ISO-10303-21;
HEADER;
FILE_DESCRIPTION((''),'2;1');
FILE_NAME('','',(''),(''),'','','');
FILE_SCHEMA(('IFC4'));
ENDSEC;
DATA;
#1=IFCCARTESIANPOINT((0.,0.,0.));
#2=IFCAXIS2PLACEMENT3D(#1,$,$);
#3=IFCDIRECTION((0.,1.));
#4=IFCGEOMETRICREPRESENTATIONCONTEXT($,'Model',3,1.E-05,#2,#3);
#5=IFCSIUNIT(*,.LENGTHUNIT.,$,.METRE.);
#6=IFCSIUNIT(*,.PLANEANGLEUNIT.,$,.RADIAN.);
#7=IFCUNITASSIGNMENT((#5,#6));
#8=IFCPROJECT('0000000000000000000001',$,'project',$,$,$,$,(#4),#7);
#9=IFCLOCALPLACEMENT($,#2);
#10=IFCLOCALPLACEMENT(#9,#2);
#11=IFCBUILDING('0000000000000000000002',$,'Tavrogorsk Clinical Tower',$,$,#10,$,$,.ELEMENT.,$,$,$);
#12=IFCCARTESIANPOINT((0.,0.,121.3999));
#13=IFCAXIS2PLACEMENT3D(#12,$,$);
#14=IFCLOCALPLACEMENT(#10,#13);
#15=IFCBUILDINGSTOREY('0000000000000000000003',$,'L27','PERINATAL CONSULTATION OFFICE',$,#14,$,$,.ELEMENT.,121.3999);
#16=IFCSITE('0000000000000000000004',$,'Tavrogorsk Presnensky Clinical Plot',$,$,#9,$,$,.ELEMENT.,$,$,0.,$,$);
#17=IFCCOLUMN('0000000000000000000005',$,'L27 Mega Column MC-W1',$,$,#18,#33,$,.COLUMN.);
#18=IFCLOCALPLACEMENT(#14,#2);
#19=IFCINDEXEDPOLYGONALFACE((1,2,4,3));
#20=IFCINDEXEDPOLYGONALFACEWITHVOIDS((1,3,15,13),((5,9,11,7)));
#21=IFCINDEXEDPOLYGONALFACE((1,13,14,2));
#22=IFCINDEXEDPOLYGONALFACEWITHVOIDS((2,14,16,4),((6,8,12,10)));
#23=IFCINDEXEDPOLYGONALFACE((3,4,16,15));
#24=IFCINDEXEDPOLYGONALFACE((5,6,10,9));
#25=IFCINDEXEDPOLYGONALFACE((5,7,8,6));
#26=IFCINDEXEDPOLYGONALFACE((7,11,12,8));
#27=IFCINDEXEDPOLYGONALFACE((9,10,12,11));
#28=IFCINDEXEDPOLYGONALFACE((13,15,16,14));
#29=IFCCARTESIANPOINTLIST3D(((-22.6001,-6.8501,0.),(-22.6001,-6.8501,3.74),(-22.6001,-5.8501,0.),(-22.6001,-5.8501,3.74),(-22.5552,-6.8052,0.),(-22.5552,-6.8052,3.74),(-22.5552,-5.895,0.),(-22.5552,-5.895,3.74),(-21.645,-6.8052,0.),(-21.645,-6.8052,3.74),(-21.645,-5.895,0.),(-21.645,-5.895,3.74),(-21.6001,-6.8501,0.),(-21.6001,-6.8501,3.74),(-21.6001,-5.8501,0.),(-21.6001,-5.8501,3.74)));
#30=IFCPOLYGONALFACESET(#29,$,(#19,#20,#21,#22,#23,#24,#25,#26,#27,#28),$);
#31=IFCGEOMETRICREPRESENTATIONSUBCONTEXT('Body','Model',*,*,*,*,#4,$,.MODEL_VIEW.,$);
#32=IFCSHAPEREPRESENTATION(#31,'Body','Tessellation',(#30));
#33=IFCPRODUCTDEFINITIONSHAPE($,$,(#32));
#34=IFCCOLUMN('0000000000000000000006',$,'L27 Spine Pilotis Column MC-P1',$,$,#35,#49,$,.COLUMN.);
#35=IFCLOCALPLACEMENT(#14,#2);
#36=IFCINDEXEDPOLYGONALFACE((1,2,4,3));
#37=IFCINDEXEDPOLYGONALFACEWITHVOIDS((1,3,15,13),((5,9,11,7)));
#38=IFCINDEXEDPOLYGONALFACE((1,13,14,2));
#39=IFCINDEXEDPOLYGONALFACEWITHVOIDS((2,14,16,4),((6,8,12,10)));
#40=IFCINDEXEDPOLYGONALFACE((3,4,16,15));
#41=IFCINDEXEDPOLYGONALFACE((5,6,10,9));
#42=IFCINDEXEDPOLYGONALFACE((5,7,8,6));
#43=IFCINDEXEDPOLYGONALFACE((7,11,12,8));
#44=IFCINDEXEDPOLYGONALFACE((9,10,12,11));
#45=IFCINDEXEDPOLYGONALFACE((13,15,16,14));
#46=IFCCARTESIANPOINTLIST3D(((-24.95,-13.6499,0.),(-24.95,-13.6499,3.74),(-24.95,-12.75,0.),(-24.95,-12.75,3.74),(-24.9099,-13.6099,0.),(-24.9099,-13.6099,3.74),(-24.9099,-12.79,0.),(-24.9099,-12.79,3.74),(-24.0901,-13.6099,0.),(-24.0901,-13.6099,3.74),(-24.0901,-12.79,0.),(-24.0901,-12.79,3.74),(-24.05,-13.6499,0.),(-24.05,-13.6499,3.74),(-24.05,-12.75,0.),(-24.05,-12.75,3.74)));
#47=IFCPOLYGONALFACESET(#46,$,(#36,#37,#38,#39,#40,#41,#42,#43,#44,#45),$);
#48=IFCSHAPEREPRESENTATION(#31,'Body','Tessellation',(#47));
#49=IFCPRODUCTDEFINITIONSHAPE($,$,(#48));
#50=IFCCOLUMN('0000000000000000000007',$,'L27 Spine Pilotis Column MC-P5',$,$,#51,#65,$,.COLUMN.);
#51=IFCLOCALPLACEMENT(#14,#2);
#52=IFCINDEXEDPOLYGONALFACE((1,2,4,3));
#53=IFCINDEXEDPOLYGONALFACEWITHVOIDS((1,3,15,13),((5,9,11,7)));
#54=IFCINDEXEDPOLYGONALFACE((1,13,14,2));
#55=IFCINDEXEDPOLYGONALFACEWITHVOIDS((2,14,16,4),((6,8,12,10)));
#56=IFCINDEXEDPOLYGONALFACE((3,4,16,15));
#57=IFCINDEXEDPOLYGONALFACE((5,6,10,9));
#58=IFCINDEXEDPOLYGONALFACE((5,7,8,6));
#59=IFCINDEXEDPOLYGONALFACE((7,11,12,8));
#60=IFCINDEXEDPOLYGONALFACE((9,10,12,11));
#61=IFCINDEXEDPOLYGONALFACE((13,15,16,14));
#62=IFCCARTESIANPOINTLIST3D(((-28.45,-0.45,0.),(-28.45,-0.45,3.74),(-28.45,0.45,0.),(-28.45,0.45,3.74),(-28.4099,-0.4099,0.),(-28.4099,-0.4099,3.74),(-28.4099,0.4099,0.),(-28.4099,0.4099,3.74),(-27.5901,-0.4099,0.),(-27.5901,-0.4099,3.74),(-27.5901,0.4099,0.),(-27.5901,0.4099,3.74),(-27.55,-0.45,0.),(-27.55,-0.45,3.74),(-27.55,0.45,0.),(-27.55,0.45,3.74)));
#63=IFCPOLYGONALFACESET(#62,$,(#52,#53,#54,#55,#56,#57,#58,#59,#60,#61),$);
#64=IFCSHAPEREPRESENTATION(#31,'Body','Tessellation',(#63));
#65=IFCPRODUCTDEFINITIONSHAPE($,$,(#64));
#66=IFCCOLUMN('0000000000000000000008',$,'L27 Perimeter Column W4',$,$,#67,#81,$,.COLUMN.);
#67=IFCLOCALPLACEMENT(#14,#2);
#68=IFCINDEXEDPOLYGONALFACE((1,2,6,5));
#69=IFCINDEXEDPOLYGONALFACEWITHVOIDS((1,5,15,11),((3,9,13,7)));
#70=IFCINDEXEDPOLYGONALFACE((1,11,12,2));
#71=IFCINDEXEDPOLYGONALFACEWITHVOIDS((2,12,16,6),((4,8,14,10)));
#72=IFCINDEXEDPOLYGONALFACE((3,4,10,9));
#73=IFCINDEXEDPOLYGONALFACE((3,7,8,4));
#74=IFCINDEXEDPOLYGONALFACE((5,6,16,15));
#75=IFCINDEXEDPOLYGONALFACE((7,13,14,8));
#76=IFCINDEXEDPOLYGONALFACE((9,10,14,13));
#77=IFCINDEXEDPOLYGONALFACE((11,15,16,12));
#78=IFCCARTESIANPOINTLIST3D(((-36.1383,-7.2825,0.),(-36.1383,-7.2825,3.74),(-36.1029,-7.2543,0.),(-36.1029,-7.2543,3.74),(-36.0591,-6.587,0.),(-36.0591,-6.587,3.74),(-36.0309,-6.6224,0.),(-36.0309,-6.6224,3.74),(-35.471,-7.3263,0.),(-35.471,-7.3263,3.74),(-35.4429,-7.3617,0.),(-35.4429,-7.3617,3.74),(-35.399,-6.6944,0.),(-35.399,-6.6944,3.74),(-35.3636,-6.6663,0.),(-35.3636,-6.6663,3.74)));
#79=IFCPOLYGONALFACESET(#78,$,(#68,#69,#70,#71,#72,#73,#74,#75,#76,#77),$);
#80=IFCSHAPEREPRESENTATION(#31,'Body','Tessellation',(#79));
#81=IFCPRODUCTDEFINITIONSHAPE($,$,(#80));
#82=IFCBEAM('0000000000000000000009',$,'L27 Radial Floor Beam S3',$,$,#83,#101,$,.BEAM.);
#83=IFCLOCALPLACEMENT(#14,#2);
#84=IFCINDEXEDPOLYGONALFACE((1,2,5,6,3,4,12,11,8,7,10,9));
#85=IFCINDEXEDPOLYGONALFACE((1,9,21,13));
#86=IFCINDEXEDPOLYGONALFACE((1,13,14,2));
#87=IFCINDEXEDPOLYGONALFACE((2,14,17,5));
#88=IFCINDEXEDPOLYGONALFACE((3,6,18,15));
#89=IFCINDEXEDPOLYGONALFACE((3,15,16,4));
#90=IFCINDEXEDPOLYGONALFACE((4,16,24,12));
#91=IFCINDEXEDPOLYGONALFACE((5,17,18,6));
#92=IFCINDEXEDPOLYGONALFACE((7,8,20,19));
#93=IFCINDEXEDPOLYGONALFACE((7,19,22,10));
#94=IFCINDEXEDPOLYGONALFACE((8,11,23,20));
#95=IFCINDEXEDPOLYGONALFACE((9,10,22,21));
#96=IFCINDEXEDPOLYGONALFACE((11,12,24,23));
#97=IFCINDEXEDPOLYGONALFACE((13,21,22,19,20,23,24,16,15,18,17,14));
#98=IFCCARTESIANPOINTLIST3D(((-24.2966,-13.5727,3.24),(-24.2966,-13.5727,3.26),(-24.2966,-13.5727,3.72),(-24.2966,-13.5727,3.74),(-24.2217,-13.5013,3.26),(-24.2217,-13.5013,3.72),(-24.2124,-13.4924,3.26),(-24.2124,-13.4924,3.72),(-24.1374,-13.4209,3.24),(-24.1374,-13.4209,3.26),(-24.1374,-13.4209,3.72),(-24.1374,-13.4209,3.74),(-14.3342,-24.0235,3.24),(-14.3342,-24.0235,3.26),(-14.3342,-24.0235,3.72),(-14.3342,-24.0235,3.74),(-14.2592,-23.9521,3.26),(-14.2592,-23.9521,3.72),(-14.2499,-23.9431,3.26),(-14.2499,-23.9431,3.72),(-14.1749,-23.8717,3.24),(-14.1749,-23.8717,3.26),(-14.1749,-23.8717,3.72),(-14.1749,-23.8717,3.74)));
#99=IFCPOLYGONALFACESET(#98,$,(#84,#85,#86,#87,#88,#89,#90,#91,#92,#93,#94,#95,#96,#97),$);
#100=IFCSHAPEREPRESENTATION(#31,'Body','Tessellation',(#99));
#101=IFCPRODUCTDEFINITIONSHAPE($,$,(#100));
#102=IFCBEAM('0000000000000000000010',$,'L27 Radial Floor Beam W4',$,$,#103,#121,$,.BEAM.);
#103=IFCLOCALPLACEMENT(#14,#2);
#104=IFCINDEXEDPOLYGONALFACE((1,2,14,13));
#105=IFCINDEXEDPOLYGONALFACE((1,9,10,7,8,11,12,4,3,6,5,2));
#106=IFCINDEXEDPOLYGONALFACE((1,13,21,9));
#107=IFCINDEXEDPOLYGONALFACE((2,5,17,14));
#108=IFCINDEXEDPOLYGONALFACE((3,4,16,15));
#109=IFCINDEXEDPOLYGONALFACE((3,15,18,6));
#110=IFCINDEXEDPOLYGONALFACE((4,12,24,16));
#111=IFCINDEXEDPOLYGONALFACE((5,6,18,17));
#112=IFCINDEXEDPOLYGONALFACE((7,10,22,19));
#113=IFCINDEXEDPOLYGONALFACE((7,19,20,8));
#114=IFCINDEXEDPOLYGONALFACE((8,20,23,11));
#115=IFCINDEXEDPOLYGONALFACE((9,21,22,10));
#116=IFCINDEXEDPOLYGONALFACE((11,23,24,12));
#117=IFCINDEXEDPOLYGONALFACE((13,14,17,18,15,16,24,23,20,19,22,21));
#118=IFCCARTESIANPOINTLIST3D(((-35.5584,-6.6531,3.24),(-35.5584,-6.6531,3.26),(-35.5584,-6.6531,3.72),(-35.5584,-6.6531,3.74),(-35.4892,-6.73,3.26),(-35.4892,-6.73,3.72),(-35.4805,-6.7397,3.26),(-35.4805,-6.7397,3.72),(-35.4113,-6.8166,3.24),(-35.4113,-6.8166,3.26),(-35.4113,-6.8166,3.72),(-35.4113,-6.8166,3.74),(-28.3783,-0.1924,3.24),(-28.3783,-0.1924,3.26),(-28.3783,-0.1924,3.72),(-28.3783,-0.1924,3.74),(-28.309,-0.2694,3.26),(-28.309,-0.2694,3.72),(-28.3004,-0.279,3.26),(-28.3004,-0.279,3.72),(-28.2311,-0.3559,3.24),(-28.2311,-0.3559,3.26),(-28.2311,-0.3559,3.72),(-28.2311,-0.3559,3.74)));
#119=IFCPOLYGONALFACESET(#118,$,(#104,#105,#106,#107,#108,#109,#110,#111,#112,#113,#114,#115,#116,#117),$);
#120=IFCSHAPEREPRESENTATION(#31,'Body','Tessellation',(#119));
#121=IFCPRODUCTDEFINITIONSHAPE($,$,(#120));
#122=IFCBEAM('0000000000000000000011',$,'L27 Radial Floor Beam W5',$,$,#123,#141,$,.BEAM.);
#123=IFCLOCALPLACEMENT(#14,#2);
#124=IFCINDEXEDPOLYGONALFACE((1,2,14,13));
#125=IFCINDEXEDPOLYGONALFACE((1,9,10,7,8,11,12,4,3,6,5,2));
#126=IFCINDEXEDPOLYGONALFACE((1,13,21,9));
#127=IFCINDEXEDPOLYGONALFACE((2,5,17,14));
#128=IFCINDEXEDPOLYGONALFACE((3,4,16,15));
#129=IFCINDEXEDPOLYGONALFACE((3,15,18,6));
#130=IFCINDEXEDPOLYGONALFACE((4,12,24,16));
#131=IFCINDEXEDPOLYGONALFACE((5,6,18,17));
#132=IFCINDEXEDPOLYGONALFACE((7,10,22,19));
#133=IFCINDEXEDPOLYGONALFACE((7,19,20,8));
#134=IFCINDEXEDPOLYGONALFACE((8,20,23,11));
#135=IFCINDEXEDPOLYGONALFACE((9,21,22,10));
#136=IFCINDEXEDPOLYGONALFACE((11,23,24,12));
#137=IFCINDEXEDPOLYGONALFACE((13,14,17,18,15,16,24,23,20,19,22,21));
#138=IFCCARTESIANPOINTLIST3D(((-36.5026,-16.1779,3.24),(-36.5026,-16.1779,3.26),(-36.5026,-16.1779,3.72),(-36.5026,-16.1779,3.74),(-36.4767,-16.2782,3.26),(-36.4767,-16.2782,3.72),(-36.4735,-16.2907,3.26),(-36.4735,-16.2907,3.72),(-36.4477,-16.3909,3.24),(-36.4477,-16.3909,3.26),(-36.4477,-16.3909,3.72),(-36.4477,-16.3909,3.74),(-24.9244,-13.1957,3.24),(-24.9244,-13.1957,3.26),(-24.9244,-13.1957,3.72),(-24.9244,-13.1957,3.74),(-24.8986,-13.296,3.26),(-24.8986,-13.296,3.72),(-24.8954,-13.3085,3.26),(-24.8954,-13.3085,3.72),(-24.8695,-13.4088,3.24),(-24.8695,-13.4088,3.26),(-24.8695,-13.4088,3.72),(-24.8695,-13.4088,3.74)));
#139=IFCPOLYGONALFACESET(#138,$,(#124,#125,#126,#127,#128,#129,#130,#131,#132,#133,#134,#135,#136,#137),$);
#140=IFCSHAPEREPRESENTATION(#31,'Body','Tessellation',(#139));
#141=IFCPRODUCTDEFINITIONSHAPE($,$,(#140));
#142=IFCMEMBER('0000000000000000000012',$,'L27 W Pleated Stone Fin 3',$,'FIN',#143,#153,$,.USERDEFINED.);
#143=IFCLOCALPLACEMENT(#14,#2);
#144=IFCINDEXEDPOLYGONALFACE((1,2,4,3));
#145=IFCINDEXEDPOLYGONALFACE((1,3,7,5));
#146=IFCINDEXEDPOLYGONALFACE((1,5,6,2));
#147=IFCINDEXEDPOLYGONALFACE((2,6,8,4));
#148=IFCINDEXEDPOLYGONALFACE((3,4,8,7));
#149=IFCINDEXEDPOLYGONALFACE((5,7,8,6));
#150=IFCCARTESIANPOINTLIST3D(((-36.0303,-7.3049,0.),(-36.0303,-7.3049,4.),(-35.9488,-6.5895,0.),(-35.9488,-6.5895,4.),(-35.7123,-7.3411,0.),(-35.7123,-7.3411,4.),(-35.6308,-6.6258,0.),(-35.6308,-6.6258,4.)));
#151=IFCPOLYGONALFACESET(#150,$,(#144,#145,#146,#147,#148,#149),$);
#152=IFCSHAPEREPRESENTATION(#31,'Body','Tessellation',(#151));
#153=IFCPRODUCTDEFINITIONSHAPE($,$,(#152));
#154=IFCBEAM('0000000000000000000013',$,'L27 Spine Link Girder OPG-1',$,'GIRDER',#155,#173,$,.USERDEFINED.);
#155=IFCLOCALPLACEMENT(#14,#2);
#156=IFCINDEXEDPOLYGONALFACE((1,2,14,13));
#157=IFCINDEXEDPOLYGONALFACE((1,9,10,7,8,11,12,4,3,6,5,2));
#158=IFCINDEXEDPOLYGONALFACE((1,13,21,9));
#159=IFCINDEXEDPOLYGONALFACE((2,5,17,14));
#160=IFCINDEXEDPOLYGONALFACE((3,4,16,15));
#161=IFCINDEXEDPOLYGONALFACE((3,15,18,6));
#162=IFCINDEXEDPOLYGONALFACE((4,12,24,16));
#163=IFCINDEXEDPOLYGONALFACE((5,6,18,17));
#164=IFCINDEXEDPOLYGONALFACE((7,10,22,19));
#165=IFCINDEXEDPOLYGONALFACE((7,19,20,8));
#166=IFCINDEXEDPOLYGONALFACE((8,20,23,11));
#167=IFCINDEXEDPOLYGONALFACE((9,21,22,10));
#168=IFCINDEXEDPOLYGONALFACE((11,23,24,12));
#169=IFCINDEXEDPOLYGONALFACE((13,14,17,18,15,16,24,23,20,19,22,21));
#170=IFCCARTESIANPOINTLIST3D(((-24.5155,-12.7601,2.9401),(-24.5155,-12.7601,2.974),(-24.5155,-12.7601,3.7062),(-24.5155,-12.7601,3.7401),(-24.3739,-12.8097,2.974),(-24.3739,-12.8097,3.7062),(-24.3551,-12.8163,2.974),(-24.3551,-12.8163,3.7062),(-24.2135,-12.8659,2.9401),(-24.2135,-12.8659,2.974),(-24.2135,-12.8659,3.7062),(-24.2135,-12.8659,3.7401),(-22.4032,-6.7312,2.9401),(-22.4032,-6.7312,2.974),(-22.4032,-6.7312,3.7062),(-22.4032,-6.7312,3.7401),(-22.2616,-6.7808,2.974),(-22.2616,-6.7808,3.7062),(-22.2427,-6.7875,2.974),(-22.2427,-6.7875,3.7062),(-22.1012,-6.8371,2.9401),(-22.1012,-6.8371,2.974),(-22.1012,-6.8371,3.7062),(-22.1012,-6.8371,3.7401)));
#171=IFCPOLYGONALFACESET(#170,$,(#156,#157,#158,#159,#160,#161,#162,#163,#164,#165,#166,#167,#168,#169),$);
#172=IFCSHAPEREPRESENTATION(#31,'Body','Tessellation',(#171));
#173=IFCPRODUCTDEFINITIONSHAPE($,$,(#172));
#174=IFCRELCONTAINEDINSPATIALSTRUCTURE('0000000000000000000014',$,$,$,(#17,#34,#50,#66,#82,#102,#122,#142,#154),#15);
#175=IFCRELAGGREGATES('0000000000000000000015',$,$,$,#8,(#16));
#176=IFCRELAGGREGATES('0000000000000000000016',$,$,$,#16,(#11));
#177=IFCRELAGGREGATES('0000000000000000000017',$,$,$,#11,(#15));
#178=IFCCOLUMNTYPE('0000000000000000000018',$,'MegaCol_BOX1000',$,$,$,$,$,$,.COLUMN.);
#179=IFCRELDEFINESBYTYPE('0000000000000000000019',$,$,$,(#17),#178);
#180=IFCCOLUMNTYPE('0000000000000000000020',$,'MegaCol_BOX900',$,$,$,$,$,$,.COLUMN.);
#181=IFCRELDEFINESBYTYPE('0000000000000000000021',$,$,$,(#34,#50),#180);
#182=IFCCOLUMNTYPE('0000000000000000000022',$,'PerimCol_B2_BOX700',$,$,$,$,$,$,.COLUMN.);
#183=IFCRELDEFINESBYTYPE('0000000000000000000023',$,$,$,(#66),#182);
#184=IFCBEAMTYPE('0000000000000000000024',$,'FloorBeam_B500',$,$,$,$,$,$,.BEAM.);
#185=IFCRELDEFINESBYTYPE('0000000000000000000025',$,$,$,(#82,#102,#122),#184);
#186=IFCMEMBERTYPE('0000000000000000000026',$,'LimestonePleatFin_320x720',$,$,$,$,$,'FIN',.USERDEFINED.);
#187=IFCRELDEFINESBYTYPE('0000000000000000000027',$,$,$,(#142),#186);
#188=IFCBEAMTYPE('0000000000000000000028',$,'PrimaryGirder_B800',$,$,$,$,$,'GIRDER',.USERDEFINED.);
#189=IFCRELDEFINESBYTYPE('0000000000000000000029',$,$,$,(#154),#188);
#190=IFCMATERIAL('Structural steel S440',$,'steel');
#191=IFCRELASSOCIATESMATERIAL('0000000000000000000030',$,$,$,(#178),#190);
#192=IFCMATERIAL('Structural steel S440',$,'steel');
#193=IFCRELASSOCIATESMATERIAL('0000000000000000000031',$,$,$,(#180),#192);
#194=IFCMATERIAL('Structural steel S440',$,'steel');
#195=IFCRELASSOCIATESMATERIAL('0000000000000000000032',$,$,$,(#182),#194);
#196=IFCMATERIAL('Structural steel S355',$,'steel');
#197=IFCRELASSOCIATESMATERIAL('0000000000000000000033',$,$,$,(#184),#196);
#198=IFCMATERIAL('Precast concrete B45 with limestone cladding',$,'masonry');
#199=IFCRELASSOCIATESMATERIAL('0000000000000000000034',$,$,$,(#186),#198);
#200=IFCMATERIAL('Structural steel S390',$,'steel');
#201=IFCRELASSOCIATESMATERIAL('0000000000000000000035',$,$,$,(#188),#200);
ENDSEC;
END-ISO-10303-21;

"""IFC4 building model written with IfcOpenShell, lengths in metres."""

from ifc_helpers import new_model, si_unit, direction, frame, origin, origin_2d, place, context, subcontext, project, spatial, rectangle, hollow_rectangle, i_section, extrude, material, material_profile, profile_set, type_object, element, save


model = new_model("IFC4")

# Units and contexts
model_context = context("Model", 3, precision=1e-05, world=origin(), true_north=direction((0.0, 1.0)))
body_context = subcontext(model_context, "Body", "Model", "MODEL_VIEW")
ifc_project = project(units=[si_unit("LENGTHUNIT", "METRE"), si_unit("PLANEANGLEUNIT", "RADIAN")], contexts=[model_context])

# Site, building, storey
site_placement = place(None, origin())
site = spatial("IfcSite", under=ifc_project, at=site_placement, Name="Tavrogorsk Presnensky Clinical Plot", CompositionType="ELEMENT", RefElevation=0.0)
building_placement = place(site_placement, origin())
building = spatial("IfcBuilding", under=site, at=building_placement, Name="Tavrogorsk Clinical Tower", CompositionType="ELEMENT")
storey_placement = place(building_placement, frame((0.0, 0.0, 121.3999)))
storey = spatial("IfcBuildingStorey", under=building, at=storey_placement, Name="L27", Description="PERINATAL CONSULTATION OFFICE", CompositionType="ELEMENT", Elevation=121.3999)

# Columns
ifc_material_1 = material(Name="Structural steel S440", Category="steel")
ifc_material_profile_1 = material_profile(ifc_material_1, hollow_rectangle(XDim=1.0, YDim=1.0, WallThickness=0.0449, at=origin_2d()), Name="BOX-1000x1000x45")
ifc_profile_set_1 = profile_set([ifc_material_profile_1], Name="Structural steel S440")
column_type_1 = type_object("IfcColumnType", Name="MegaCol_BOX1000", PredefinedType="COLUMN", material=ifc_profile_set_1)
column_1_placement = place(storey_placement, frame((-22.1001, -6.3501, 0.0), z_axis=(0.0, 0.0, 1.0), x_axis=(1.0, 0.0, 0.0)))
element("IfcColumn", 1, at=column_1_placement, inside=storey, type_object=column_type_1, Name="L27 Mega Column MC-W1", PredefinedType="COLUMN", context=body_context, shape_type="SweptSolid", body=[
    extrude(hollow_rectangle(XDim=1.0, YDim=1.0, WallThickness=0.0449, at=origin_2d()), origin(), (0.0, 0.0, 1.0), 3.74),
])
ifc_material_2 = material(Name="Structural steel S440", Category="steel")
ifc_material_profile_2 = material_profile(ifc_material_2, hollow_rectangle(XDim=0.8999, YDim=0.8999, WallThickness=0.04, at=origin_2d()), Name="BOX-900x900x40")
ifc_profile_set_2 = profile_set([ifc_material_profile_2], Name="Structural steel S440")
column_type_2 = type_object("IfcColumnType", Name="MegaCol_BOX900", PredefinedType="COLUMN", material=ifc_profile_set_2)
for number, where, z_axis, x_axis, name in (
    (2, (-24.5, -13.2, 0.0), (0.0, 0.0, 1.0), (1.0, 0.0, 0.0), "L27 Spine Pilotis Column MC-P1"),
    (3, (-28.0, 0.0, 0.0), (0.0, 0.0, 1.0), (1.0, 0.0, 0.0), "L27 Spine Pilotis Column MC-P5"),
):
    element("IfcColumn", number, at=place(storey_placement, frame(where, z_axis=z_axis, x_axis=x_axis)), inside=storey, type_object=column_type_2, Name=name, PredefinedType="COLUMN", context=body_context, shape_type="SweptSolid", body=[
        extrude(hollow_rectangle(XDim=0.8999, YDim=0.8999, WallThickness=0.04, at=origin_2d()), origin(), (0.0, 0.0, 1.0), 3.74),
    ])
ifc_material_3 = material(Name="Structural steel S440", Category="steel")
ifc_material_profile_3 = material_profile(ifc_material_3, hollow_rectangle(XDim=0.7, YDim=0.7, WallThickness=0.032, at=origin_2d()), Name="BOX-700x700x32")
ifc_profile_set_3 = profile_set([ifc_material_profile_3], Name="Structural steel S440")
column_type_3 = type_object("IfcColumnType", Name="PerimCol_B2_BOX700", PredefinedType="COLUMN", material=ifc_profile_set_3)
column_2_placement = place(storey_placement, frame((-35.751, -6.9744, 0.0), z_axis=(0.0, 0.0, 1.0), x_axis=(0.993572, -0.113203, 0.0)))
element("IfcColumn", 4, at=column_2_placement, inside=storey, type_object=column_type_3, Name="L27 Perimeter Column W4", PredefinedType="COLUMN", context=body_context, shape_type="SweptSolid", body=[
    extrude(hollow_rectangle(XDim=0.7, YDim=0.7, WallThickness=0.032, at=origin_2d()), origin(), (0.0, 0.0, 1.0), 3.74),
])

# Beams
ifc_material_4 = material(Name="Structural steel S355", Category="steel")
ifc_material_profile_4 = material_profile(ifc_material_4, i_section(OverallWidth=0.22, OverallDepth=0.5, WebThickness=0.0129, FlangeThickness=0.02, at=origin_2d()), Name="B-500x220x13x20")
ifc_profile_set_4 = profile_set([ifc_material_profile_4], Name="Structural steel S355")
beam_type_1 = type_object("IfcBeamType", Name="FloorBeam_B500", PredefinedType="BEAM", material=ifc_profile_set_4)
beam_1_placement = place(storey_placement, frame((-24.217, -13.4968, 3.49), z_axis=(0.689995, -0.723814, 0.0), x_axis=(0.723814, 0.689995, 0.0)))
element("IfcBeam", 5, at=beam_1_placement, inside=storey, type_object=beam_type_1, Name="L27 Radial Floor Beam S3", PredefinedType="BEAM", context=body_context, shape_type="SweptSolid", body=[
    extrude(i_section(OverallWidth=0.22, OverallDepth=0.5, WebThickness=0.0129, FlangeThickness=0.02, at=origin_2d()), origin(), (0.0, 0.0, 1.0), 14.4385),
])
beam_2_placement = place(storey_placement, frame((-28.3047, -0.2742, 3.49), z_axis=(-0.74337, -0.668881, 0.0), x_axis=(0.668881, -0.74337, 0.0)))
element("IfcBeam", 6, at=beam_2_placement, inside=storey, type_object=beam_type_1, Name="L27 Radial Floor Beam W4", PredefinedType="BEAM", context=body_context, shape_type="SweptSolid", body=[
    extrude(i_section(OverallWidth=0.22, OverallDepth=0.5, WebThickness=0.0129, FlangeThickness=0.02, at=origin_2d()), origin(), (0.0, 0.0, 1.0), 9.6589),
])
beam_3_placement = place(storey_placement, frame((-24.897, -13.3022, 3.49), z_axis=(-0.968393, -0.249429, 0.0), x_axis=(0.249429, -0.968393, 0.0)))
element("IfcBeam", 7, at=beam_3_placement, inside=storey, type_object=beam_type_1, Name="L27 Radial Floor Beam W5", PredefinedType="BEAM", context=body_context, shape_type="SweptSolid", body=[
    extrude(i_section(OverallWidth=0.22, OverallDepth=0.5, WebThickness=0.0129, FlangeThickness=0.02, at=origin_2d()), origin(), (0.0, 0.0, 1.0), 11.9561),
])

# Member
ifc_material_5 = material(Name="Precast concrete B45 with limestone cladding", Category="masonry")
ifc_material_profile_5 = material_profile(ifc_material_5, rectangle(XDim=0.3201, YDim=0.72, at=origin_2d()), Name="LIMESTONE-FIN-320x720")
ifc_profile_set_5 = profile_set([ifc_material_profile_5], Name="Precast concrete B45 with limestone cladding")
member_type = type_object("IfcMemberType", Name="LimestonePleatFin_320x720", ElementType="FIN", PredefinedType="USERDEFINED", material=ifc_profile_set_5)
member_placement = place(storey_placement, frame((-35.8306, -6.9653, 0.0), z_axis=(0.0, 0.0, 1.0), x_axis=(0.993572, -0.113203, 0.0)))
element("IfcMember", 8, at=member_placement, inside=storey, type_object=member_type, Name="L27 W Pleated Stone Fin 3", ObjectType="FIN", PredefinedType="USERDEFINED", context=body_context, shape_type="SweptSolid", body=[
    extrude(rectangle(XDim=0.3201, YDim=0.72, at=origin_2d()), origin(), (0.0, 0.0, 1.0), 4.0),
])

# Beam
ifc_material_6 = material(Name="Structural steel S390", Category="steel")
ifc_material_profile_6 = material_profile(ifc_material_6, i_section(OverallWidth=0.3201, OverallDepth=0.8, WebThickness=0.02, FlangeThickness=0.0339, at=origin_2d()), Name="B-800x320x20x34")
ifc_profile_set_6 = profile_set([ifc_material_profile_6], Name="Structural steel S390")
beam_type_2 = type_object("IfcBeamType", Name="PrimaryGirder_B800", ElementType="GIRDER", PredefinedType="USERDEFINED", material=ifc_profile_set_6)
beam_4_placement = place(storey_placement, frame((-24.3645, -12.813, 3.3401), z_axis=(0.33066, 0.94375, 0.0), x_axis=(-0.94375, 0.33066, 0.0)))
element("IfcBeam", 9, at=beam_4_placement, inside=storey, type_object=beam_type_2, Name="L27 Spine Link Girder OPG-1", ObjectType="GIRDER", PredefinedType="USERDEFINED", context=body_context, shape_type="SweptSolid", body=[
    extrude(i_section(OverallWidth=0.3201, OverallDepth=0.8, WebThickness=0.02, FlangeThickness=0.0339, at=origin_2d()), origin(), (0.0, 0.0, 1.0), 6.3882),
])

save(model, "model.ifc")
